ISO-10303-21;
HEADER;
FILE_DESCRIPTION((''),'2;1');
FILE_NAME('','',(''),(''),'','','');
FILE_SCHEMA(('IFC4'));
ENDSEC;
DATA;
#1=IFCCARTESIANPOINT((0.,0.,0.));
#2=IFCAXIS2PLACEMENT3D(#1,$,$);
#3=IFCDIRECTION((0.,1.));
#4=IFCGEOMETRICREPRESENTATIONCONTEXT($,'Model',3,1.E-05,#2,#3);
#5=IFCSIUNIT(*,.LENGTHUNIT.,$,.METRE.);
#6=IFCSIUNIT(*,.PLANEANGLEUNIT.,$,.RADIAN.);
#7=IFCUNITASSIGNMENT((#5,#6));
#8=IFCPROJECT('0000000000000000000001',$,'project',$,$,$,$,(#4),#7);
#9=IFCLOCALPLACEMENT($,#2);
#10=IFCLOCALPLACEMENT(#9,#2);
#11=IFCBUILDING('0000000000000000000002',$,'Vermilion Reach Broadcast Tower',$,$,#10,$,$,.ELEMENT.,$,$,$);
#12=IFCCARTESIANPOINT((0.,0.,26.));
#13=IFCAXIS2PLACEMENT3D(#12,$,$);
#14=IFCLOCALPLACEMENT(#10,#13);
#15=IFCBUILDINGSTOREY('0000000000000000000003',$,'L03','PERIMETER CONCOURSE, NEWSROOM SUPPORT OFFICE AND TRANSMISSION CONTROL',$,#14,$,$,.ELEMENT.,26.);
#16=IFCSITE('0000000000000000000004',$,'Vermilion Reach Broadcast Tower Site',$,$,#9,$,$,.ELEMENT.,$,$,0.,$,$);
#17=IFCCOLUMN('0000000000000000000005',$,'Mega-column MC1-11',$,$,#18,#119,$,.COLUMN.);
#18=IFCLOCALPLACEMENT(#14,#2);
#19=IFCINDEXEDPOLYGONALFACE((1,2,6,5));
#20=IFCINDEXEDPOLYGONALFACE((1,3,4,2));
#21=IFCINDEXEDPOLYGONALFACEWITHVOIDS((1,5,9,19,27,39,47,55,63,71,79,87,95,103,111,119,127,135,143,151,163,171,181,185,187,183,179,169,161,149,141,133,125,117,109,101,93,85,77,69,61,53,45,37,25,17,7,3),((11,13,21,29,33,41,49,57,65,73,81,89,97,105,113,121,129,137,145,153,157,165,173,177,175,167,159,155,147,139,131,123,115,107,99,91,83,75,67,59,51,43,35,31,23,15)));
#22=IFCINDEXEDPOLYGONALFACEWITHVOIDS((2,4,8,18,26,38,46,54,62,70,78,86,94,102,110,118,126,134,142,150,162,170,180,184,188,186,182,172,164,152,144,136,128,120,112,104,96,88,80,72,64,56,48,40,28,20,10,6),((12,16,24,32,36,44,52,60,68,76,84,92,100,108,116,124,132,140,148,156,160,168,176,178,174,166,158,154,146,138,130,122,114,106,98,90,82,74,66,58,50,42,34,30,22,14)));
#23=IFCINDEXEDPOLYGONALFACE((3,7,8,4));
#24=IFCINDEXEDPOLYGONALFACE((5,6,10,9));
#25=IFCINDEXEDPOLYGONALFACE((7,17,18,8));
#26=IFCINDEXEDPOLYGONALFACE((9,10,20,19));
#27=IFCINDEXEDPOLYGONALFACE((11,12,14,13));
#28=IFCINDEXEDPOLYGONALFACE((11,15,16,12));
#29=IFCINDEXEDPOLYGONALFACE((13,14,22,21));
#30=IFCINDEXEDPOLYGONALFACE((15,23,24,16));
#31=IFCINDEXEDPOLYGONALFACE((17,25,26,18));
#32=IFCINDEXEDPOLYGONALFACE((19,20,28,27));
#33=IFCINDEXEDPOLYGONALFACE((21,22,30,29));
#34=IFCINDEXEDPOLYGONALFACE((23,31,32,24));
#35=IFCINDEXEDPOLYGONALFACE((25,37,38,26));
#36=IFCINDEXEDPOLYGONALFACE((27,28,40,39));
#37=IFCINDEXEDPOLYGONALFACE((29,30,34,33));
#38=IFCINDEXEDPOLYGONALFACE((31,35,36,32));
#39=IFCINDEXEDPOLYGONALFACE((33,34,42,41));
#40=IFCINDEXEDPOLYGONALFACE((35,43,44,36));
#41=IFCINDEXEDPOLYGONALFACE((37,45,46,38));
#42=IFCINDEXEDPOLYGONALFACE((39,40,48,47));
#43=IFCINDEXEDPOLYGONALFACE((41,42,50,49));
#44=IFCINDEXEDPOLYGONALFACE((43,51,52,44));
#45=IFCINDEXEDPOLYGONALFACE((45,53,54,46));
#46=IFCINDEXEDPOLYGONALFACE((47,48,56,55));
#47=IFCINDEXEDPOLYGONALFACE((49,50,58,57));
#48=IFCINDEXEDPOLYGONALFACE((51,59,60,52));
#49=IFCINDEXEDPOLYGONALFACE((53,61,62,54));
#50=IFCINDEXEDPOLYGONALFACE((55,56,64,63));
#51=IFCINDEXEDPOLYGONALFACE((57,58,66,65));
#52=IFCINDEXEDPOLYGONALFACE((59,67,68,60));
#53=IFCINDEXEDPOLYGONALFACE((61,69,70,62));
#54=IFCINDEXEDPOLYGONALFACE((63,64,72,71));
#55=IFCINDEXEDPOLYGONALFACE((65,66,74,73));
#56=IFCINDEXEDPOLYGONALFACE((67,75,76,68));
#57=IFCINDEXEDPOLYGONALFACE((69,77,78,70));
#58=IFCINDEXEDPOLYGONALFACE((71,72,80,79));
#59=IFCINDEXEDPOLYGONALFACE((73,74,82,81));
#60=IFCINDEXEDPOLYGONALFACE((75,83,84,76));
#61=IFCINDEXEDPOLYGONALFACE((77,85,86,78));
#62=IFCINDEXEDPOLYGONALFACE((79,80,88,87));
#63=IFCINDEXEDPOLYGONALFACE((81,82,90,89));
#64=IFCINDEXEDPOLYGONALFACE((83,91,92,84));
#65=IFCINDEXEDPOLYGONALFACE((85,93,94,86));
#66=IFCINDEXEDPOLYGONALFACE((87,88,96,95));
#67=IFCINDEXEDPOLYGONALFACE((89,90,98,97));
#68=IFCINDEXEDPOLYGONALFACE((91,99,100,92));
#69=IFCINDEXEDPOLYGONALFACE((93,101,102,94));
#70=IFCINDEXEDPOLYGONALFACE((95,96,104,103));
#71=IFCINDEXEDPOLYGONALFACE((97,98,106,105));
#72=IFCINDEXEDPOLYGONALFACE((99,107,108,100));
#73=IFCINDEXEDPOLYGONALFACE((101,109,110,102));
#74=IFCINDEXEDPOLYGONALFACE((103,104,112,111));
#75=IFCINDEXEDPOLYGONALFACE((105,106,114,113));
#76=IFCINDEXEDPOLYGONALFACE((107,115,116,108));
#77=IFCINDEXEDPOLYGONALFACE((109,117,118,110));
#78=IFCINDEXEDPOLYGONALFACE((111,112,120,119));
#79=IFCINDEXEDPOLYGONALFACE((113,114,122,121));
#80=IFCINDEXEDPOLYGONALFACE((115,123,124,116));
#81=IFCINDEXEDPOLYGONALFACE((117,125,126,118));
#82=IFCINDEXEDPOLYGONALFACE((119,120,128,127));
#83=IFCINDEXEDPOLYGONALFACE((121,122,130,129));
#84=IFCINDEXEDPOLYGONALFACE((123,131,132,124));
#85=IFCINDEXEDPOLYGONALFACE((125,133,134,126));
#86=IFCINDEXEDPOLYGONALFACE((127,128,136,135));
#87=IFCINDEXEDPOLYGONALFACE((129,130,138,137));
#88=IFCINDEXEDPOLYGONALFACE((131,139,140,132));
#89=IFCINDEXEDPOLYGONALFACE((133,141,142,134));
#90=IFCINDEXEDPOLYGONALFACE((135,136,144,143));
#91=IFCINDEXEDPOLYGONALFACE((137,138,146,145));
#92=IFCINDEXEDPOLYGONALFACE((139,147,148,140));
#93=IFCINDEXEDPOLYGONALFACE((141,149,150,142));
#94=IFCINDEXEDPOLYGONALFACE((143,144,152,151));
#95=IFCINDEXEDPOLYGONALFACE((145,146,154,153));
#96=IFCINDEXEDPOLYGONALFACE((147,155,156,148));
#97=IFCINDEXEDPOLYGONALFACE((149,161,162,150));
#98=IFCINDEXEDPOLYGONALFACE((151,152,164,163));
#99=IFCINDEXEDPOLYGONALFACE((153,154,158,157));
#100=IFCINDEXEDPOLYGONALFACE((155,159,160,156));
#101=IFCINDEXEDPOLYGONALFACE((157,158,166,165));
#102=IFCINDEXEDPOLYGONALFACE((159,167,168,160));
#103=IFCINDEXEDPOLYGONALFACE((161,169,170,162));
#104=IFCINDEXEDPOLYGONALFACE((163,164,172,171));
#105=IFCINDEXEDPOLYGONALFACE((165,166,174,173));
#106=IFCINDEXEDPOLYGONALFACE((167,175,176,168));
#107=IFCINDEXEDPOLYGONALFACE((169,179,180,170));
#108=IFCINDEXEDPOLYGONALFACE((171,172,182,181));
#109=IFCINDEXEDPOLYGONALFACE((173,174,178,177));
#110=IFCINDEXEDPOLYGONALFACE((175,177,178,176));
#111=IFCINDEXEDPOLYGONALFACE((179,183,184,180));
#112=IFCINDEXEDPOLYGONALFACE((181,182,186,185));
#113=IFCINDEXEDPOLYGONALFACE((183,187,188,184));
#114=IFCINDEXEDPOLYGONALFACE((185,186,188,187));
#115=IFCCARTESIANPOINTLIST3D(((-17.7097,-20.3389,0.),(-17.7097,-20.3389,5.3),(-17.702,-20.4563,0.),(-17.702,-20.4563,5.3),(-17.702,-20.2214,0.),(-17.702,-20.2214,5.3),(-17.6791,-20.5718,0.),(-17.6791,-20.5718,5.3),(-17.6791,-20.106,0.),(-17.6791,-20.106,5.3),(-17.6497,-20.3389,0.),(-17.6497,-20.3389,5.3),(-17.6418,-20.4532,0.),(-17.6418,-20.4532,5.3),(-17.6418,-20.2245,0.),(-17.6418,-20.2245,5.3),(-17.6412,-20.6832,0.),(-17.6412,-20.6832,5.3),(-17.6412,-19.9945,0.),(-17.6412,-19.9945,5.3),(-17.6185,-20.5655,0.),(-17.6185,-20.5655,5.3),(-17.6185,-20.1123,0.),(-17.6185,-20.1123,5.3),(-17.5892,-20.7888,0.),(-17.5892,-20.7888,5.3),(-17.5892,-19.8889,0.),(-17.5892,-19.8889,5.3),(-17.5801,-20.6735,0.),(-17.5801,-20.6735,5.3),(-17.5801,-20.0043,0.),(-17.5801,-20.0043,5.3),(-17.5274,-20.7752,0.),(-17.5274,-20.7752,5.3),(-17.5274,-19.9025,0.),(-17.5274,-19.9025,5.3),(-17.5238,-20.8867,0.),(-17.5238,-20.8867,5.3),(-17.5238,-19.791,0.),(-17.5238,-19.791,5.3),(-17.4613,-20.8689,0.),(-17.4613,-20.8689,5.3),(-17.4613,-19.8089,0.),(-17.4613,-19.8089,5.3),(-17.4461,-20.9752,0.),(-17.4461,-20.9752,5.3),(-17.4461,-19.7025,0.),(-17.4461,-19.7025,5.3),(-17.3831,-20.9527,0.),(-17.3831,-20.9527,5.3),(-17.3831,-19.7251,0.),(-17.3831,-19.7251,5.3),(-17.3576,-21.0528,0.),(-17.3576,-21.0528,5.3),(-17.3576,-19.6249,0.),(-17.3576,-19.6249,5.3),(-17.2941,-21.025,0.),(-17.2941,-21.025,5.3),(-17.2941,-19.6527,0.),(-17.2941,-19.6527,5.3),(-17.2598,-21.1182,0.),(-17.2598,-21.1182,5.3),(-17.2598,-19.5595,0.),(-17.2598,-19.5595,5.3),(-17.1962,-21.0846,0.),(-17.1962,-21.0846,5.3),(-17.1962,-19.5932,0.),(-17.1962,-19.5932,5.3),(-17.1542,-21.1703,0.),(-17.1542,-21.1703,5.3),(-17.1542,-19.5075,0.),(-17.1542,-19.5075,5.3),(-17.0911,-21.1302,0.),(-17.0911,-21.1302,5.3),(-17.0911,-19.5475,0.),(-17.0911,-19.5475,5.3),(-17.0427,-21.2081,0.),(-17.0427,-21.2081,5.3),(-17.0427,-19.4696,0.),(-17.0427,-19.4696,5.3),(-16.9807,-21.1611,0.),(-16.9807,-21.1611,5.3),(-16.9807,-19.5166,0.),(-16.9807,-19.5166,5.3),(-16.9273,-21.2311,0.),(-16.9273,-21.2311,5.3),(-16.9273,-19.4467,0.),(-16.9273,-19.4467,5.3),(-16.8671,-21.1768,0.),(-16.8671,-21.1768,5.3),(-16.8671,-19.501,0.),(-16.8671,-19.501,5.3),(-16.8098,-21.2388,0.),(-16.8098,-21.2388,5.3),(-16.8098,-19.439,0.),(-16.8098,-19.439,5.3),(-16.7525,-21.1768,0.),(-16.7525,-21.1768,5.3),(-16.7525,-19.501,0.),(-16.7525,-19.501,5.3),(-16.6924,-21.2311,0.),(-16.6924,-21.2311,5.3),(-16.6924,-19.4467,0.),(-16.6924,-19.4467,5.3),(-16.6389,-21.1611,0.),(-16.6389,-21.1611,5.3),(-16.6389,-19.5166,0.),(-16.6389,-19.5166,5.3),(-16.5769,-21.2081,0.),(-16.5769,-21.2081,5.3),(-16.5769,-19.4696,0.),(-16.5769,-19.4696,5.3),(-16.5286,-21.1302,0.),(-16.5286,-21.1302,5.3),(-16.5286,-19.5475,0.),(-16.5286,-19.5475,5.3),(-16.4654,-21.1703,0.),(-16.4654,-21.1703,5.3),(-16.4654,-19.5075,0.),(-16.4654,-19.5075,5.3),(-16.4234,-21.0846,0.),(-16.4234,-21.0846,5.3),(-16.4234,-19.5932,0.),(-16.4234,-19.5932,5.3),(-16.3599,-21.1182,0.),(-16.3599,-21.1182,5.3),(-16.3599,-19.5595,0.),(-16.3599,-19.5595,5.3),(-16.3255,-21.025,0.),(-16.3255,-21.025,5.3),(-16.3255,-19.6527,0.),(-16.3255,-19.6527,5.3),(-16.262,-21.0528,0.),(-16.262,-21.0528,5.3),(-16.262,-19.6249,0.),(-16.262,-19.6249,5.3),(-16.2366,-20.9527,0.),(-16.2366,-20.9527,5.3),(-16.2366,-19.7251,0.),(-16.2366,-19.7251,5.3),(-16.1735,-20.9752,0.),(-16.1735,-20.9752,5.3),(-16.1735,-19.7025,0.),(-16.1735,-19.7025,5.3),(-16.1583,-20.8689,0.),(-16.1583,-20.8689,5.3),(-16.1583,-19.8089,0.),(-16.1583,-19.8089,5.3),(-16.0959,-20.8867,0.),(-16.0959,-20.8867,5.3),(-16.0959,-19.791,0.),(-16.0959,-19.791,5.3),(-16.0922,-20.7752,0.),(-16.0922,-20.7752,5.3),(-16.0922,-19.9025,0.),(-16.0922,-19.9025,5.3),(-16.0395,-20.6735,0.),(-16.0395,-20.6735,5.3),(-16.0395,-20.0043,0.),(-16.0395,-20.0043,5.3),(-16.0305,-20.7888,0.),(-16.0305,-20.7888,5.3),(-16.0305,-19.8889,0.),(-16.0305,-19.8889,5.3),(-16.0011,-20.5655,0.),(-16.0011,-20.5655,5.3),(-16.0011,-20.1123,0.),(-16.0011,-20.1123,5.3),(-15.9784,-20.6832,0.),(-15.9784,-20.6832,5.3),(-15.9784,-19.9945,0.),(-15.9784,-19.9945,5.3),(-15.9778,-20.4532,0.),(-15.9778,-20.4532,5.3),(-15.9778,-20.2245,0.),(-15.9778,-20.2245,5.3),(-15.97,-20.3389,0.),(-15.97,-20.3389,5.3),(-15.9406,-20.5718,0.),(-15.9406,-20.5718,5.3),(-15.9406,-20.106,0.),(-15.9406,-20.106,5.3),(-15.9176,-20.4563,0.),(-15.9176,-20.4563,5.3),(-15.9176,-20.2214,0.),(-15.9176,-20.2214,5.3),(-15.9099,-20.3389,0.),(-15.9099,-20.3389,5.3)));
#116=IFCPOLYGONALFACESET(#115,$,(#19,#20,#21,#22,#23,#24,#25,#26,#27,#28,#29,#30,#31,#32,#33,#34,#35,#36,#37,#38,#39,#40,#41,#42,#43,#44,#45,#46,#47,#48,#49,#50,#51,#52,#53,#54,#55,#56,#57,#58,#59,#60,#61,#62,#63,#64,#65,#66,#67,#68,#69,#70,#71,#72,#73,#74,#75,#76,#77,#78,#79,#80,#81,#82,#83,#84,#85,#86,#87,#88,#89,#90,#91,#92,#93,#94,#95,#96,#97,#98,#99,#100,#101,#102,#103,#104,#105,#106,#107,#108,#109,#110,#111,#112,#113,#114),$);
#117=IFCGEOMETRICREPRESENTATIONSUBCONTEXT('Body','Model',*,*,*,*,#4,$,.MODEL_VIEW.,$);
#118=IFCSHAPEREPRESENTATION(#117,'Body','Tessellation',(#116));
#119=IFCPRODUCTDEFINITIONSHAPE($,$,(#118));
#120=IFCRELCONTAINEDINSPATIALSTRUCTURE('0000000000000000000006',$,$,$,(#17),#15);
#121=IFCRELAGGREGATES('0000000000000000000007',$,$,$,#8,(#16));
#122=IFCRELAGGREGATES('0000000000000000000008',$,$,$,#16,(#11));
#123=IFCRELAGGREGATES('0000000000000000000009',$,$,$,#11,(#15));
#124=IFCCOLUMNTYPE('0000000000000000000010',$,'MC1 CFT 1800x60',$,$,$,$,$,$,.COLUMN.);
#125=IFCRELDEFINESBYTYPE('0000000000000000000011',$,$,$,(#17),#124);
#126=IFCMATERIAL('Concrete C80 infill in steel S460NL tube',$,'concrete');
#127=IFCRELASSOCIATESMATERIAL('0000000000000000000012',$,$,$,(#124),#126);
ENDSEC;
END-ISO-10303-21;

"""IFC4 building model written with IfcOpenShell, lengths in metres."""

from ifc_helpers import new_model, si_unit, direction, frame, origin, origin_2d, place, context, subcontext, project, spatial, hollow_circle, extrude, material, material_profile, profile_set, type_object, element, save


model = new_model("IFC4")

# Units and contexts
model_context = context("Model", 3, precision=1e-05, world=origin(), true_north=direction((0.0, 1.0)))
body_context = subcontext(model_context, "Body", "Model", "MODEL_VIEW")
ifc_project = project(units=[si_unit("LENGTHUNIT", "METRE"), si_unit("PLANEANGLEUNIT", "RADIAN")], contexts=[model_context])

# Site, building, storey
site_placement = place(None, origin())
site = spatial("IfcSite", under=ifc_project, at=site_placement, Name="Vermilion Reach Broadcast Tower Site", CompositionType="ELEMENT", RefElevation=0.0)
building_placement = place(site_placement, origin())
building = spatial("IfcBuilding", under=site, at=building_placement, Name="Vermilion Reach Broadcast Tower", CompositionType="ELEMENT")
storey_placement = place(building_placement, frame((0.0, 0.0, 26.0)))
storey = spatial("IfcBuildingStorey", under=building, at=storey_placement, Name="L03", Description="PERIMETER CONCOURSE, NEWSROOM SUPPORT OFFICE AND TRANSMISSION CONTROL", CompositionType="ELEMENT", Elevation=26.0)

# Column
ifc_material_1 = material(Name="Concrete C80 infill in steel S460NL tube", Category="concrete")
ifc_material_profile_1 = material_profile(ifc_material_1, hollow_circle(Radius=0.8999, WallThickness=0.0601, at=origin_2d()), Name="Concrete C80 infill in steel S460NL tube CFT 1800x60")
ifc_profile_set_1 = profile_set([ifc_material_profile_1], Name="Concrete C80 infill in steel S460NL tube")
column_type = type_object("IfcColumnType", Name="MC1 CFT 1800x60", PredefinedType="COLUMN", material=ifc_profile_set_1)
for number, where, z_axis, x_axis, name in (
    (1, (-16.8098, -20.3389, 0.0), (0.0, 0.0, 1.0), (1.0, 0.0, 0.0), "Mega-column MC1-11"),
):
    element("IfcColumn", number, at=place(storey_placement, frame(where, z_axis=z_axis, x_axis=x_axis)), inside=storey, type_object=column_type, Name=name, PredefinedType="COLUMN", context=body_context, shape_type="SweptSolid", body=[
        extrude(hollow_circle(Radius=0.8999, WallThickness=0.0601, at=origin_2d()), origin(), (0.0, 0.0, 1.0), 5.3),
    ])

save(model, "model.ifc")
